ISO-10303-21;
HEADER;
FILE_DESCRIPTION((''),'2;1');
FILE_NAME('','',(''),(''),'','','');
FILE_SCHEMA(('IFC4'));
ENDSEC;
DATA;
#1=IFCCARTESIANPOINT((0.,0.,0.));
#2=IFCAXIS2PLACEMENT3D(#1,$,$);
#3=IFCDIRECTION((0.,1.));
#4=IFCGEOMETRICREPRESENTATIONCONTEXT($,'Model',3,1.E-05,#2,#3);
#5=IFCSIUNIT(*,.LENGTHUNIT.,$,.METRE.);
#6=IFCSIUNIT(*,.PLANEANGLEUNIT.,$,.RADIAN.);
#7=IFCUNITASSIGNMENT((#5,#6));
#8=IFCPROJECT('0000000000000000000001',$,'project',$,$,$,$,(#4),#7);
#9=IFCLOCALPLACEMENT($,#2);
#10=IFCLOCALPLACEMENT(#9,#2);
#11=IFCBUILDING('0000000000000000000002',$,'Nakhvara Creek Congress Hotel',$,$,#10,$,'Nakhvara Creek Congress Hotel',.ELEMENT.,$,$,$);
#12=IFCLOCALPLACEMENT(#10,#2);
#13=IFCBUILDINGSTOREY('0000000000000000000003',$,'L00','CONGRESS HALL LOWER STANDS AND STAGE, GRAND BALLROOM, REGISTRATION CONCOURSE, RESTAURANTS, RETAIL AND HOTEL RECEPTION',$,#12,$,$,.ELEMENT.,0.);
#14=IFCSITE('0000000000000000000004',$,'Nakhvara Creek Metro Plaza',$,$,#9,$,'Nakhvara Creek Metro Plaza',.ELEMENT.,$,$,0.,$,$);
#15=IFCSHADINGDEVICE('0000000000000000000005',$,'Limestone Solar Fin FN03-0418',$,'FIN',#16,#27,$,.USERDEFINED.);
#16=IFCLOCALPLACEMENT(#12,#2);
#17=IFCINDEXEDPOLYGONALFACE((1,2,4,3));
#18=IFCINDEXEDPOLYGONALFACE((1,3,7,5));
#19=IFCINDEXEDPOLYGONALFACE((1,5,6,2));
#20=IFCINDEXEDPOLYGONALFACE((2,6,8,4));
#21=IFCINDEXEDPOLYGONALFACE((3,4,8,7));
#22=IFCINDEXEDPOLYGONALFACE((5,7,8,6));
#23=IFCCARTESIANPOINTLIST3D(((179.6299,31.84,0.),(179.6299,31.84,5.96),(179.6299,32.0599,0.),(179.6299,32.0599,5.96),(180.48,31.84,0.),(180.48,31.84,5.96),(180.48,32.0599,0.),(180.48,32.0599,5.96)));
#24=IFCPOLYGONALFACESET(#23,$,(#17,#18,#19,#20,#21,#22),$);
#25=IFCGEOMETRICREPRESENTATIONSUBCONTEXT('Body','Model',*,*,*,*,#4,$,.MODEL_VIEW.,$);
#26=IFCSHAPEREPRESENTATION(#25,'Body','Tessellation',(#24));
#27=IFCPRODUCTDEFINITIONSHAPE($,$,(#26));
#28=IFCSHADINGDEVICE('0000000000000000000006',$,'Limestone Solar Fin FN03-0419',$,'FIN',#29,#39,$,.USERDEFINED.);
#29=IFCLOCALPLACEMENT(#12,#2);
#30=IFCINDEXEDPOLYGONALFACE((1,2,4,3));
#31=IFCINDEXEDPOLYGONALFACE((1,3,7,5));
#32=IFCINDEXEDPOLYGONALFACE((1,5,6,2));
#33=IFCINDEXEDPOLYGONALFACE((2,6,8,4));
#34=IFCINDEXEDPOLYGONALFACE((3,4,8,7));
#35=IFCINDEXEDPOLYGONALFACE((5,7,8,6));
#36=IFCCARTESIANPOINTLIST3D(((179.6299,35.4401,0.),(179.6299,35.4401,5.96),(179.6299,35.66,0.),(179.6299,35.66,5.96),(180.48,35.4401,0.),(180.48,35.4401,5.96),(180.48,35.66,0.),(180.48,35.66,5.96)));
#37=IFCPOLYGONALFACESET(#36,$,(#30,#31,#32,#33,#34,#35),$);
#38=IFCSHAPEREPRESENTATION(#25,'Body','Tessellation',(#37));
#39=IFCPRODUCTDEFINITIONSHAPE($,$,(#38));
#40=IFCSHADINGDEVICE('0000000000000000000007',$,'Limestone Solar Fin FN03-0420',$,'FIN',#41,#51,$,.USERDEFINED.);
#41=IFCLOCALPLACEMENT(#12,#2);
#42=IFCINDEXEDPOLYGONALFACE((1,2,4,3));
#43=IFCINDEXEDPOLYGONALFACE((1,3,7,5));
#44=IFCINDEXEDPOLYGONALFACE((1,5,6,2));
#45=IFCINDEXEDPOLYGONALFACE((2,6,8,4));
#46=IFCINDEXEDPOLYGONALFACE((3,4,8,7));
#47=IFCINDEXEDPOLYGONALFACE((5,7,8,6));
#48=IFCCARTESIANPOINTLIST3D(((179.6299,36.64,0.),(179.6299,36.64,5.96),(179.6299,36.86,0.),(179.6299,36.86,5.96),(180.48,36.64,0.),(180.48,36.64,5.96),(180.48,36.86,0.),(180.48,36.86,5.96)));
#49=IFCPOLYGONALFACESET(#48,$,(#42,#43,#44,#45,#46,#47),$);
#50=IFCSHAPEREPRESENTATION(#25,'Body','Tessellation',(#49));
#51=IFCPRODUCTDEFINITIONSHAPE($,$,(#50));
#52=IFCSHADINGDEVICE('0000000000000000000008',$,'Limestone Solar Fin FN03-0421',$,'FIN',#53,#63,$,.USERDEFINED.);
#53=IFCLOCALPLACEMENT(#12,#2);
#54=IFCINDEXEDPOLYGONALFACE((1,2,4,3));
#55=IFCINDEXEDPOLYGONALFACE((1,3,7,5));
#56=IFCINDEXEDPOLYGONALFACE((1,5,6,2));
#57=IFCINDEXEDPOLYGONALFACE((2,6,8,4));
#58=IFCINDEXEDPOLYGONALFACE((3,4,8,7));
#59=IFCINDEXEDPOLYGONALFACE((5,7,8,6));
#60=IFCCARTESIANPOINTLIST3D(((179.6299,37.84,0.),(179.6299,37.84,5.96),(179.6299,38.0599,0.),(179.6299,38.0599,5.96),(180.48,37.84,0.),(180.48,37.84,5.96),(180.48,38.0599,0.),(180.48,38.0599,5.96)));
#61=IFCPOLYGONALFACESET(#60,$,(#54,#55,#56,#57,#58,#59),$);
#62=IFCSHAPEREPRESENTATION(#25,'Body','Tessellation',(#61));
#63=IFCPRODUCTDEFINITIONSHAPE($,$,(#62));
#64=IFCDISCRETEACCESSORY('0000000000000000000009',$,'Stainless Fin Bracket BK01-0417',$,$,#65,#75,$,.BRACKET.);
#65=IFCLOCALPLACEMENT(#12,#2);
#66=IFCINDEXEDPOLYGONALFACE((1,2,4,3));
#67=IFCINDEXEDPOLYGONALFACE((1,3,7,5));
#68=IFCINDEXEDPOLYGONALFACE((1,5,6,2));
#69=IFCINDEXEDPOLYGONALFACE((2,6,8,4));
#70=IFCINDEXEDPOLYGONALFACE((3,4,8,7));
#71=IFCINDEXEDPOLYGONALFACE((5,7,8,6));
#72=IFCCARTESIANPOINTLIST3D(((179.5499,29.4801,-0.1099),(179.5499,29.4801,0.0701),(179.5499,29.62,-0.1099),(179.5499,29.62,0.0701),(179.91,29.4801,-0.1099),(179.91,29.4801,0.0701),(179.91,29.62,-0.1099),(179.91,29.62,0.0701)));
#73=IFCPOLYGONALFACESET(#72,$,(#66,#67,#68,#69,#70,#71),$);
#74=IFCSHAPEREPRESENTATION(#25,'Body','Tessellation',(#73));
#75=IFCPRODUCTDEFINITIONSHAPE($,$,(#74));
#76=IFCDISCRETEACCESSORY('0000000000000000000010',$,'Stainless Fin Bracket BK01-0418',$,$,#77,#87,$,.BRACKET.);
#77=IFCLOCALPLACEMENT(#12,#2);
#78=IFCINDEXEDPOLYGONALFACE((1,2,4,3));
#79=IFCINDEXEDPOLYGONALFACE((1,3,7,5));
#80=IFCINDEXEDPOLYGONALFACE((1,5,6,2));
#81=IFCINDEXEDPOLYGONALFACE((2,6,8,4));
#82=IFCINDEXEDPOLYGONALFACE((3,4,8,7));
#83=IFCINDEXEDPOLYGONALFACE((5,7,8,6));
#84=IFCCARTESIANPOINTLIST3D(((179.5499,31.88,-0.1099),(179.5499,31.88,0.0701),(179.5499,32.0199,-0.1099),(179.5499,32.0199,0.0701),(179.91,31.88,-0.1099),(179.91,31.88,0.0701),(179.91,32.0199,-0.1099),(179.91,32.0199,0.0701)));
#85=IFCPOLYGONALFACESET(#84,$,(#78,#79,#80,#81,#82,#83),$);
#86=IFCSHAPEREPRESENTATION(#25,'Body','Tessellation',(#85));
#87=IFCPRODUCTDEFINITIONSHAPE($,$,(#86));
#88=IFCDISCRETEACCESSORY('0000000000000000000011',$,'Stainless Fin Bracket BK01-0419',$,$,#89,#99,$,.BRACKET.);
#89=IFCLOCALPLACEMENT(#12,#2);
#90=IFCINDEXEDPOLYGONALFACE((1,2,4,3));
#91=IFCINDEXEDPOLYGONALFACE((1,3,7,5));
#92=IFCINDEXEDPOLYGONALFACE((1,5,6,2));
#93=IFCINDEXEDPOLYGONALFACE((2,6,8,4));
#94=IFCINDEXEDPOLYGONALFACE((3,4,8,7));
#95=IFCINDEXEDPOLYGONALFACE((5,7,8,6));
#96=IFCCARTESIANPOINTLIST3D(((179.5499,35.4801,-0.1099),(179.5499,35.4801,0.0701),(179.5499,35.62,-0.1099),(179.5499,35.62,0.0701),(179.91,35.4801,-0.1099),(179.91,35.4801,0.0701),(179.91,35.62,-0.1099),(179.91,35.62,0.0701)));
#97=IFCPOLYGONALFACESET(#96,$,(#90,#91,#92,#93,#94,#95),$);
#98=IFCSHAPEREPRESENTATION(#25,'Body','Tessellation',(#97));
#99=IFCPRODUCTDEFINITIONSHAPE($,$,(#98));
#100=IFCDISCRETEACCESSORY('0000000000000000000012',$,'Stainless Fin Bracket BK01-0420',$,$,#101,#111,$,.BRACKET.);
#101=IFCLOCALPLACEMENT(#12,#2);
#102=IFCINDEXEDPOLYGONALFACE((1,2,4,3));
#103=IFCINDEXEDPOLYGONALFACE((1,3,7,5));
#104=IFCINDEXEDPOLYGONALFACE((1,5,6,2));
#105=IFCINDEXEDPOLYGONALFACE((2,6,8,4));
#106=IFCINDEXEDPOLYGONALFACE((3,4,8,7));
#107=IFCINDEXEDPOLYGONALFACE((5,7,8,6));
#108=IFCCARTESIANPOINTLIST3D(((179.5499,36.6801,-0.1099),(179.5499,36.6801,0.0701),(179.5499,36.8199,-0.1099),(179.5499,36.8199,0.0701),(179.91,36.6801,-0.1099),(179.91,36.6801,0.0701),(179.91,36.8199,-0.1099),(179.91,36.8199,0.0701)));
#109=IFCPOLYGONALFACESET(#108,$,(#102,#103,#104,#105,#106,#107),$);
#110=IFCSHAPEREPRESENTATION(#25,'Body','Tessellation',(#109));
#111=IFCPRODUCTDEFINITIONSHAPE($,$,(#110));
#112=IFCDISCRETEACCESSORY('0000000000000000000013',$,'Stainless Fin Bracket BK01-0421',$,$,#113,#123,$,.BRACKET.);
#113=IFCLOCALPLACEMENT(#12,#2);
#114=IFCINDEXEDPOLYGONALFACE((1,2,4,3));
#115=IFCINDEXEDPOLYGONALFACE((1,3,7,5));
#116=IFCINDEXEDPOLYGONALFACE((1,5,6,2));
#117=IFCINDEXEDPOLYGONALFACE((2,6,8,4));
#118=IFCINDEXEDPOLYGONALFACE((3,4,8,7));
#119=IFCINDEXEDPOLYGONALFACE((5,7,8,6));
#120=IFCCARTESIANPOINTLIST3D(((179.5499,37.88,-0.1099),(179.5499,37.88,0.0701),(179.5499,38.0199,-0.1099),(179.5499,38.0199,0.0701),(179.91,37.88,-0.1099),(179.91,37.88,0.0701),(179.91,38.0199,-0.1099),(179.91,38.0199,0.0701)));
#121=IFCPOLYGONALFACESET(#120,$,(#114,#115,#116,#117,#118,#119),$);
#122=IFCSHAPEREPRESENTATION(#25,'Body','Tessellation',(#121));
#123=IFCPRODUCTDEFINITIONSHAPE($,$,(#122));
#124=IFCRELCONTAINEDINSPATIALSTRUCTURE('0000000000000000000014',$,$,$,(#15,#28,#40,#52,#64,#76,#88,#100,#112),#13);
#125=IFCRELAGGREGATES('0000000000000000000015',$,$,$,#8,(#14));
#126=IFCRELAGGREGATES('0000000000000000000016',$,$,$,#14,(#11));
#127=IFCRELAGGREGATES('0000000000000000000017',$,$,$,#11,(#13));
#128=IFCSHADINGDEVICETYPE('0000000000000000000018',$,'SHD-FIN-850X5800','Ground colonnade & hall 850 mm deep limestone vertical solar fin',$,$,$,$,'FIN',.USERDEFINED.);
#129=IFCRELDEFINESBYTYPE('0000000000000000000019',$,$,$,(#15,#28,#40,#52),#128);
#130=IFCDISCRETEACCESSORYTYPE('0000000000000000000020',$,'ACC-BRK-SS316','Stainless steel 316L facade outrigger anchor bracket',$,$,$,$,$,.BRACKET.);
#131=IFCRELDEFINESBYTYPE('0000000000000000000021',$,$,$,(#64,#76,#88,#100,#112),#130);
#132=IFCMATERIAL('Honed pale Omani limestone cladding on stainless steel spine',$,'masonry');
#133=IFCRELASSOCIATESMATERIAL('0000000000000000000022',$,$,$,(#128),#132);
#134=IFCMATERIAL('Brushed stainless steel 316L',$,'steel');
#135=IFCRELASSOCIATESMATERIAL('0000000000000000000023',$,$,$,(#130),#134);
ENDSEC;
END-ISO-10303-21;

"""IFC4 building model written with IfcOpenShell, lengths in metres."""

from ifc_helpers import new_model, si_unit, direction, frame, origin, origin_2d, place, context, subcontext, project, spatial, rectangle, extrude, material, type_object, element, save


model = new_model("IFC4")

# Units and contexts
model_context = context("Model", 3, precision=1e-05, world=origin(), true_north=direction((0.0, 1.0)))
body_context = subcontext(model_context, "Body", "Model", "MODEL_VIEW")
ifc_project = project(units=[si_unit("LENGTHUNIT", "METRE"), si_unit("PLANEANGLEUNIT", "RADIAN")], contexts=[model_context])

# Site, building, storey
site_placement = place(None, origin())
site = spatial("IfcSite", under=ifc_project, at=site_placement, Name="Nakhvara Creek Metro Plaza", LongName="Nakhvara Creek Metro Plaza", CompositionType="ELEMENT", RefElevation=0.0)
building_placement = place(site_placement, origin())
building = spatial("IfcBuilding", under=site, at=building_placement, Name="Nakhvara Creek Congress Hotel", LongName="Nakhvara Creek Congress Hotel", CompositionType="ELEMENT")
storey_placement = place(building_placement, origin())
storey = spatial("IfcBuildingStorey", under=building, at=storey_placement, Name="L00", Description="CONGRESS HALL LOWER STANDS AND STAGE, GRAND BALLROOM, REGISTRATION CONCOURSE, RESTAURANTS, RETAIL AND HOTEL RECEPTION", CompositionType="ELEMENT", Elevation=0.0)

# Shared definitions
ifc_material_1 = material(Name="Brushed stainless steel 316L", Category="steel")

# Shading devices
ifc_material_2 = material(Name="Honed pale Omani limestone cladding on stainless steel spine", Category="masonry")
shading_device_type = type_object("IfcShadingDeviceType", Name="SHD-FIN-850X5800", Description="Ground colonnade & hall 850 mm deep limestone vertical solar fin", ElementType="FIN", PredefinedType="USERDEFINED", material=ifc_material_2)
for number, where, z_axis, x_axis, name in (
    (1, (180.0549, 31.95, 0.0), (0.0, 0.0, 1.0), (0.0, 1.0, 0.0), "Limestone Solar Fin FN03-0418"),
    (2, (180.0549, 35.55, 0.0), (0.0, 0.0, 1.0), (0.0, 1.0, 0.0), "Limestone Solar Fin FN03-0419"),
    (3, (180.0549, 36.75, 0.0), (0.0, 0.0, 1.0), (0.0, 1.0, 0.0), "Limestone Solar Fin FN03-0420"),
    (4, (180.0549, 37.95, 0.0), (0.0, 0.0, 1.0), (0.0, 1.0, 0.0), "Limestone Solar Fin FN03-0421"),
):
    element("IfcShadingDevice", number, at=place(storey_placement, frame(where, z_axis=z_axis, x_axis=x_axis)), inside=storey, type_object=shading_device_type, Name=name, ObjectType="FIN", PredefinedType="USERDEFINED", context=body_context, shape_type="SweptSolid", body=[
        extrude(rectangle(XDim=0.22, YDim=0.8501, at=origin_2d()), origin(), (0.0, 0.0, 1.0), 5.96),
    ])

# Discrete accessories
discrete_accessory_type = type_object("IfcDiscreteAccessoryType", Name="ACC-BRK-SS316", Description="Stainless steel 316L facade outrigger anchor bracket", PredefinedType="BRACKET", material=ifc_material_1)
for number, where, z_axis, x_axis, name in (
    (5, (179.73, 29.55, -0.1099), (0.0, 0.0, 1.0), (0.0, 1.0, 0.0), "Stainless Fin Bracket BK01-0417"),
    (6, (179.73, 31.95, -0.1099), (0.0, 0.0, 1.0), (0.0, 1.0, 0.0), "Stainless Fin Bracket BK01-0418"),
    (7, (179.73, 35.55, -0.1099), (0.0, 0.0, 1.0), (0.0, 1.0, 0.0), "Stainless Fin Bracket BK01-0419"),
    (8, (179.73, 36.75, -0.1099), (0.0, 0.0, 1.0), (0.0, 1.0, 0.0), "Stainless Fin Bracket BK01-0420"),
    (9, (179.73, 37.95, -0.1099), (0.0, 0.0, 1.0), (0.0, 1.0, 0.0), "Stainless Fin Bracket BK01-0421"),
):
    element("IfcDiscreteAccessory", number, at=place(storey_placement, frame(where, z_axis=z_axis, x_axis=x_axis)), inside=storey, type_object=discrete_accessory_type, Name=name, PredefinedType="BRACKET", context=body_context, shape_type="SweptSolid", body=[
        extrude(rectangle(XDim=0.1399, YDim=0.3601, at=origin_2d()), origin(), (0.0, 0.0, 1.0), 0.1799),
    ])

save(model, "model.ifc")
